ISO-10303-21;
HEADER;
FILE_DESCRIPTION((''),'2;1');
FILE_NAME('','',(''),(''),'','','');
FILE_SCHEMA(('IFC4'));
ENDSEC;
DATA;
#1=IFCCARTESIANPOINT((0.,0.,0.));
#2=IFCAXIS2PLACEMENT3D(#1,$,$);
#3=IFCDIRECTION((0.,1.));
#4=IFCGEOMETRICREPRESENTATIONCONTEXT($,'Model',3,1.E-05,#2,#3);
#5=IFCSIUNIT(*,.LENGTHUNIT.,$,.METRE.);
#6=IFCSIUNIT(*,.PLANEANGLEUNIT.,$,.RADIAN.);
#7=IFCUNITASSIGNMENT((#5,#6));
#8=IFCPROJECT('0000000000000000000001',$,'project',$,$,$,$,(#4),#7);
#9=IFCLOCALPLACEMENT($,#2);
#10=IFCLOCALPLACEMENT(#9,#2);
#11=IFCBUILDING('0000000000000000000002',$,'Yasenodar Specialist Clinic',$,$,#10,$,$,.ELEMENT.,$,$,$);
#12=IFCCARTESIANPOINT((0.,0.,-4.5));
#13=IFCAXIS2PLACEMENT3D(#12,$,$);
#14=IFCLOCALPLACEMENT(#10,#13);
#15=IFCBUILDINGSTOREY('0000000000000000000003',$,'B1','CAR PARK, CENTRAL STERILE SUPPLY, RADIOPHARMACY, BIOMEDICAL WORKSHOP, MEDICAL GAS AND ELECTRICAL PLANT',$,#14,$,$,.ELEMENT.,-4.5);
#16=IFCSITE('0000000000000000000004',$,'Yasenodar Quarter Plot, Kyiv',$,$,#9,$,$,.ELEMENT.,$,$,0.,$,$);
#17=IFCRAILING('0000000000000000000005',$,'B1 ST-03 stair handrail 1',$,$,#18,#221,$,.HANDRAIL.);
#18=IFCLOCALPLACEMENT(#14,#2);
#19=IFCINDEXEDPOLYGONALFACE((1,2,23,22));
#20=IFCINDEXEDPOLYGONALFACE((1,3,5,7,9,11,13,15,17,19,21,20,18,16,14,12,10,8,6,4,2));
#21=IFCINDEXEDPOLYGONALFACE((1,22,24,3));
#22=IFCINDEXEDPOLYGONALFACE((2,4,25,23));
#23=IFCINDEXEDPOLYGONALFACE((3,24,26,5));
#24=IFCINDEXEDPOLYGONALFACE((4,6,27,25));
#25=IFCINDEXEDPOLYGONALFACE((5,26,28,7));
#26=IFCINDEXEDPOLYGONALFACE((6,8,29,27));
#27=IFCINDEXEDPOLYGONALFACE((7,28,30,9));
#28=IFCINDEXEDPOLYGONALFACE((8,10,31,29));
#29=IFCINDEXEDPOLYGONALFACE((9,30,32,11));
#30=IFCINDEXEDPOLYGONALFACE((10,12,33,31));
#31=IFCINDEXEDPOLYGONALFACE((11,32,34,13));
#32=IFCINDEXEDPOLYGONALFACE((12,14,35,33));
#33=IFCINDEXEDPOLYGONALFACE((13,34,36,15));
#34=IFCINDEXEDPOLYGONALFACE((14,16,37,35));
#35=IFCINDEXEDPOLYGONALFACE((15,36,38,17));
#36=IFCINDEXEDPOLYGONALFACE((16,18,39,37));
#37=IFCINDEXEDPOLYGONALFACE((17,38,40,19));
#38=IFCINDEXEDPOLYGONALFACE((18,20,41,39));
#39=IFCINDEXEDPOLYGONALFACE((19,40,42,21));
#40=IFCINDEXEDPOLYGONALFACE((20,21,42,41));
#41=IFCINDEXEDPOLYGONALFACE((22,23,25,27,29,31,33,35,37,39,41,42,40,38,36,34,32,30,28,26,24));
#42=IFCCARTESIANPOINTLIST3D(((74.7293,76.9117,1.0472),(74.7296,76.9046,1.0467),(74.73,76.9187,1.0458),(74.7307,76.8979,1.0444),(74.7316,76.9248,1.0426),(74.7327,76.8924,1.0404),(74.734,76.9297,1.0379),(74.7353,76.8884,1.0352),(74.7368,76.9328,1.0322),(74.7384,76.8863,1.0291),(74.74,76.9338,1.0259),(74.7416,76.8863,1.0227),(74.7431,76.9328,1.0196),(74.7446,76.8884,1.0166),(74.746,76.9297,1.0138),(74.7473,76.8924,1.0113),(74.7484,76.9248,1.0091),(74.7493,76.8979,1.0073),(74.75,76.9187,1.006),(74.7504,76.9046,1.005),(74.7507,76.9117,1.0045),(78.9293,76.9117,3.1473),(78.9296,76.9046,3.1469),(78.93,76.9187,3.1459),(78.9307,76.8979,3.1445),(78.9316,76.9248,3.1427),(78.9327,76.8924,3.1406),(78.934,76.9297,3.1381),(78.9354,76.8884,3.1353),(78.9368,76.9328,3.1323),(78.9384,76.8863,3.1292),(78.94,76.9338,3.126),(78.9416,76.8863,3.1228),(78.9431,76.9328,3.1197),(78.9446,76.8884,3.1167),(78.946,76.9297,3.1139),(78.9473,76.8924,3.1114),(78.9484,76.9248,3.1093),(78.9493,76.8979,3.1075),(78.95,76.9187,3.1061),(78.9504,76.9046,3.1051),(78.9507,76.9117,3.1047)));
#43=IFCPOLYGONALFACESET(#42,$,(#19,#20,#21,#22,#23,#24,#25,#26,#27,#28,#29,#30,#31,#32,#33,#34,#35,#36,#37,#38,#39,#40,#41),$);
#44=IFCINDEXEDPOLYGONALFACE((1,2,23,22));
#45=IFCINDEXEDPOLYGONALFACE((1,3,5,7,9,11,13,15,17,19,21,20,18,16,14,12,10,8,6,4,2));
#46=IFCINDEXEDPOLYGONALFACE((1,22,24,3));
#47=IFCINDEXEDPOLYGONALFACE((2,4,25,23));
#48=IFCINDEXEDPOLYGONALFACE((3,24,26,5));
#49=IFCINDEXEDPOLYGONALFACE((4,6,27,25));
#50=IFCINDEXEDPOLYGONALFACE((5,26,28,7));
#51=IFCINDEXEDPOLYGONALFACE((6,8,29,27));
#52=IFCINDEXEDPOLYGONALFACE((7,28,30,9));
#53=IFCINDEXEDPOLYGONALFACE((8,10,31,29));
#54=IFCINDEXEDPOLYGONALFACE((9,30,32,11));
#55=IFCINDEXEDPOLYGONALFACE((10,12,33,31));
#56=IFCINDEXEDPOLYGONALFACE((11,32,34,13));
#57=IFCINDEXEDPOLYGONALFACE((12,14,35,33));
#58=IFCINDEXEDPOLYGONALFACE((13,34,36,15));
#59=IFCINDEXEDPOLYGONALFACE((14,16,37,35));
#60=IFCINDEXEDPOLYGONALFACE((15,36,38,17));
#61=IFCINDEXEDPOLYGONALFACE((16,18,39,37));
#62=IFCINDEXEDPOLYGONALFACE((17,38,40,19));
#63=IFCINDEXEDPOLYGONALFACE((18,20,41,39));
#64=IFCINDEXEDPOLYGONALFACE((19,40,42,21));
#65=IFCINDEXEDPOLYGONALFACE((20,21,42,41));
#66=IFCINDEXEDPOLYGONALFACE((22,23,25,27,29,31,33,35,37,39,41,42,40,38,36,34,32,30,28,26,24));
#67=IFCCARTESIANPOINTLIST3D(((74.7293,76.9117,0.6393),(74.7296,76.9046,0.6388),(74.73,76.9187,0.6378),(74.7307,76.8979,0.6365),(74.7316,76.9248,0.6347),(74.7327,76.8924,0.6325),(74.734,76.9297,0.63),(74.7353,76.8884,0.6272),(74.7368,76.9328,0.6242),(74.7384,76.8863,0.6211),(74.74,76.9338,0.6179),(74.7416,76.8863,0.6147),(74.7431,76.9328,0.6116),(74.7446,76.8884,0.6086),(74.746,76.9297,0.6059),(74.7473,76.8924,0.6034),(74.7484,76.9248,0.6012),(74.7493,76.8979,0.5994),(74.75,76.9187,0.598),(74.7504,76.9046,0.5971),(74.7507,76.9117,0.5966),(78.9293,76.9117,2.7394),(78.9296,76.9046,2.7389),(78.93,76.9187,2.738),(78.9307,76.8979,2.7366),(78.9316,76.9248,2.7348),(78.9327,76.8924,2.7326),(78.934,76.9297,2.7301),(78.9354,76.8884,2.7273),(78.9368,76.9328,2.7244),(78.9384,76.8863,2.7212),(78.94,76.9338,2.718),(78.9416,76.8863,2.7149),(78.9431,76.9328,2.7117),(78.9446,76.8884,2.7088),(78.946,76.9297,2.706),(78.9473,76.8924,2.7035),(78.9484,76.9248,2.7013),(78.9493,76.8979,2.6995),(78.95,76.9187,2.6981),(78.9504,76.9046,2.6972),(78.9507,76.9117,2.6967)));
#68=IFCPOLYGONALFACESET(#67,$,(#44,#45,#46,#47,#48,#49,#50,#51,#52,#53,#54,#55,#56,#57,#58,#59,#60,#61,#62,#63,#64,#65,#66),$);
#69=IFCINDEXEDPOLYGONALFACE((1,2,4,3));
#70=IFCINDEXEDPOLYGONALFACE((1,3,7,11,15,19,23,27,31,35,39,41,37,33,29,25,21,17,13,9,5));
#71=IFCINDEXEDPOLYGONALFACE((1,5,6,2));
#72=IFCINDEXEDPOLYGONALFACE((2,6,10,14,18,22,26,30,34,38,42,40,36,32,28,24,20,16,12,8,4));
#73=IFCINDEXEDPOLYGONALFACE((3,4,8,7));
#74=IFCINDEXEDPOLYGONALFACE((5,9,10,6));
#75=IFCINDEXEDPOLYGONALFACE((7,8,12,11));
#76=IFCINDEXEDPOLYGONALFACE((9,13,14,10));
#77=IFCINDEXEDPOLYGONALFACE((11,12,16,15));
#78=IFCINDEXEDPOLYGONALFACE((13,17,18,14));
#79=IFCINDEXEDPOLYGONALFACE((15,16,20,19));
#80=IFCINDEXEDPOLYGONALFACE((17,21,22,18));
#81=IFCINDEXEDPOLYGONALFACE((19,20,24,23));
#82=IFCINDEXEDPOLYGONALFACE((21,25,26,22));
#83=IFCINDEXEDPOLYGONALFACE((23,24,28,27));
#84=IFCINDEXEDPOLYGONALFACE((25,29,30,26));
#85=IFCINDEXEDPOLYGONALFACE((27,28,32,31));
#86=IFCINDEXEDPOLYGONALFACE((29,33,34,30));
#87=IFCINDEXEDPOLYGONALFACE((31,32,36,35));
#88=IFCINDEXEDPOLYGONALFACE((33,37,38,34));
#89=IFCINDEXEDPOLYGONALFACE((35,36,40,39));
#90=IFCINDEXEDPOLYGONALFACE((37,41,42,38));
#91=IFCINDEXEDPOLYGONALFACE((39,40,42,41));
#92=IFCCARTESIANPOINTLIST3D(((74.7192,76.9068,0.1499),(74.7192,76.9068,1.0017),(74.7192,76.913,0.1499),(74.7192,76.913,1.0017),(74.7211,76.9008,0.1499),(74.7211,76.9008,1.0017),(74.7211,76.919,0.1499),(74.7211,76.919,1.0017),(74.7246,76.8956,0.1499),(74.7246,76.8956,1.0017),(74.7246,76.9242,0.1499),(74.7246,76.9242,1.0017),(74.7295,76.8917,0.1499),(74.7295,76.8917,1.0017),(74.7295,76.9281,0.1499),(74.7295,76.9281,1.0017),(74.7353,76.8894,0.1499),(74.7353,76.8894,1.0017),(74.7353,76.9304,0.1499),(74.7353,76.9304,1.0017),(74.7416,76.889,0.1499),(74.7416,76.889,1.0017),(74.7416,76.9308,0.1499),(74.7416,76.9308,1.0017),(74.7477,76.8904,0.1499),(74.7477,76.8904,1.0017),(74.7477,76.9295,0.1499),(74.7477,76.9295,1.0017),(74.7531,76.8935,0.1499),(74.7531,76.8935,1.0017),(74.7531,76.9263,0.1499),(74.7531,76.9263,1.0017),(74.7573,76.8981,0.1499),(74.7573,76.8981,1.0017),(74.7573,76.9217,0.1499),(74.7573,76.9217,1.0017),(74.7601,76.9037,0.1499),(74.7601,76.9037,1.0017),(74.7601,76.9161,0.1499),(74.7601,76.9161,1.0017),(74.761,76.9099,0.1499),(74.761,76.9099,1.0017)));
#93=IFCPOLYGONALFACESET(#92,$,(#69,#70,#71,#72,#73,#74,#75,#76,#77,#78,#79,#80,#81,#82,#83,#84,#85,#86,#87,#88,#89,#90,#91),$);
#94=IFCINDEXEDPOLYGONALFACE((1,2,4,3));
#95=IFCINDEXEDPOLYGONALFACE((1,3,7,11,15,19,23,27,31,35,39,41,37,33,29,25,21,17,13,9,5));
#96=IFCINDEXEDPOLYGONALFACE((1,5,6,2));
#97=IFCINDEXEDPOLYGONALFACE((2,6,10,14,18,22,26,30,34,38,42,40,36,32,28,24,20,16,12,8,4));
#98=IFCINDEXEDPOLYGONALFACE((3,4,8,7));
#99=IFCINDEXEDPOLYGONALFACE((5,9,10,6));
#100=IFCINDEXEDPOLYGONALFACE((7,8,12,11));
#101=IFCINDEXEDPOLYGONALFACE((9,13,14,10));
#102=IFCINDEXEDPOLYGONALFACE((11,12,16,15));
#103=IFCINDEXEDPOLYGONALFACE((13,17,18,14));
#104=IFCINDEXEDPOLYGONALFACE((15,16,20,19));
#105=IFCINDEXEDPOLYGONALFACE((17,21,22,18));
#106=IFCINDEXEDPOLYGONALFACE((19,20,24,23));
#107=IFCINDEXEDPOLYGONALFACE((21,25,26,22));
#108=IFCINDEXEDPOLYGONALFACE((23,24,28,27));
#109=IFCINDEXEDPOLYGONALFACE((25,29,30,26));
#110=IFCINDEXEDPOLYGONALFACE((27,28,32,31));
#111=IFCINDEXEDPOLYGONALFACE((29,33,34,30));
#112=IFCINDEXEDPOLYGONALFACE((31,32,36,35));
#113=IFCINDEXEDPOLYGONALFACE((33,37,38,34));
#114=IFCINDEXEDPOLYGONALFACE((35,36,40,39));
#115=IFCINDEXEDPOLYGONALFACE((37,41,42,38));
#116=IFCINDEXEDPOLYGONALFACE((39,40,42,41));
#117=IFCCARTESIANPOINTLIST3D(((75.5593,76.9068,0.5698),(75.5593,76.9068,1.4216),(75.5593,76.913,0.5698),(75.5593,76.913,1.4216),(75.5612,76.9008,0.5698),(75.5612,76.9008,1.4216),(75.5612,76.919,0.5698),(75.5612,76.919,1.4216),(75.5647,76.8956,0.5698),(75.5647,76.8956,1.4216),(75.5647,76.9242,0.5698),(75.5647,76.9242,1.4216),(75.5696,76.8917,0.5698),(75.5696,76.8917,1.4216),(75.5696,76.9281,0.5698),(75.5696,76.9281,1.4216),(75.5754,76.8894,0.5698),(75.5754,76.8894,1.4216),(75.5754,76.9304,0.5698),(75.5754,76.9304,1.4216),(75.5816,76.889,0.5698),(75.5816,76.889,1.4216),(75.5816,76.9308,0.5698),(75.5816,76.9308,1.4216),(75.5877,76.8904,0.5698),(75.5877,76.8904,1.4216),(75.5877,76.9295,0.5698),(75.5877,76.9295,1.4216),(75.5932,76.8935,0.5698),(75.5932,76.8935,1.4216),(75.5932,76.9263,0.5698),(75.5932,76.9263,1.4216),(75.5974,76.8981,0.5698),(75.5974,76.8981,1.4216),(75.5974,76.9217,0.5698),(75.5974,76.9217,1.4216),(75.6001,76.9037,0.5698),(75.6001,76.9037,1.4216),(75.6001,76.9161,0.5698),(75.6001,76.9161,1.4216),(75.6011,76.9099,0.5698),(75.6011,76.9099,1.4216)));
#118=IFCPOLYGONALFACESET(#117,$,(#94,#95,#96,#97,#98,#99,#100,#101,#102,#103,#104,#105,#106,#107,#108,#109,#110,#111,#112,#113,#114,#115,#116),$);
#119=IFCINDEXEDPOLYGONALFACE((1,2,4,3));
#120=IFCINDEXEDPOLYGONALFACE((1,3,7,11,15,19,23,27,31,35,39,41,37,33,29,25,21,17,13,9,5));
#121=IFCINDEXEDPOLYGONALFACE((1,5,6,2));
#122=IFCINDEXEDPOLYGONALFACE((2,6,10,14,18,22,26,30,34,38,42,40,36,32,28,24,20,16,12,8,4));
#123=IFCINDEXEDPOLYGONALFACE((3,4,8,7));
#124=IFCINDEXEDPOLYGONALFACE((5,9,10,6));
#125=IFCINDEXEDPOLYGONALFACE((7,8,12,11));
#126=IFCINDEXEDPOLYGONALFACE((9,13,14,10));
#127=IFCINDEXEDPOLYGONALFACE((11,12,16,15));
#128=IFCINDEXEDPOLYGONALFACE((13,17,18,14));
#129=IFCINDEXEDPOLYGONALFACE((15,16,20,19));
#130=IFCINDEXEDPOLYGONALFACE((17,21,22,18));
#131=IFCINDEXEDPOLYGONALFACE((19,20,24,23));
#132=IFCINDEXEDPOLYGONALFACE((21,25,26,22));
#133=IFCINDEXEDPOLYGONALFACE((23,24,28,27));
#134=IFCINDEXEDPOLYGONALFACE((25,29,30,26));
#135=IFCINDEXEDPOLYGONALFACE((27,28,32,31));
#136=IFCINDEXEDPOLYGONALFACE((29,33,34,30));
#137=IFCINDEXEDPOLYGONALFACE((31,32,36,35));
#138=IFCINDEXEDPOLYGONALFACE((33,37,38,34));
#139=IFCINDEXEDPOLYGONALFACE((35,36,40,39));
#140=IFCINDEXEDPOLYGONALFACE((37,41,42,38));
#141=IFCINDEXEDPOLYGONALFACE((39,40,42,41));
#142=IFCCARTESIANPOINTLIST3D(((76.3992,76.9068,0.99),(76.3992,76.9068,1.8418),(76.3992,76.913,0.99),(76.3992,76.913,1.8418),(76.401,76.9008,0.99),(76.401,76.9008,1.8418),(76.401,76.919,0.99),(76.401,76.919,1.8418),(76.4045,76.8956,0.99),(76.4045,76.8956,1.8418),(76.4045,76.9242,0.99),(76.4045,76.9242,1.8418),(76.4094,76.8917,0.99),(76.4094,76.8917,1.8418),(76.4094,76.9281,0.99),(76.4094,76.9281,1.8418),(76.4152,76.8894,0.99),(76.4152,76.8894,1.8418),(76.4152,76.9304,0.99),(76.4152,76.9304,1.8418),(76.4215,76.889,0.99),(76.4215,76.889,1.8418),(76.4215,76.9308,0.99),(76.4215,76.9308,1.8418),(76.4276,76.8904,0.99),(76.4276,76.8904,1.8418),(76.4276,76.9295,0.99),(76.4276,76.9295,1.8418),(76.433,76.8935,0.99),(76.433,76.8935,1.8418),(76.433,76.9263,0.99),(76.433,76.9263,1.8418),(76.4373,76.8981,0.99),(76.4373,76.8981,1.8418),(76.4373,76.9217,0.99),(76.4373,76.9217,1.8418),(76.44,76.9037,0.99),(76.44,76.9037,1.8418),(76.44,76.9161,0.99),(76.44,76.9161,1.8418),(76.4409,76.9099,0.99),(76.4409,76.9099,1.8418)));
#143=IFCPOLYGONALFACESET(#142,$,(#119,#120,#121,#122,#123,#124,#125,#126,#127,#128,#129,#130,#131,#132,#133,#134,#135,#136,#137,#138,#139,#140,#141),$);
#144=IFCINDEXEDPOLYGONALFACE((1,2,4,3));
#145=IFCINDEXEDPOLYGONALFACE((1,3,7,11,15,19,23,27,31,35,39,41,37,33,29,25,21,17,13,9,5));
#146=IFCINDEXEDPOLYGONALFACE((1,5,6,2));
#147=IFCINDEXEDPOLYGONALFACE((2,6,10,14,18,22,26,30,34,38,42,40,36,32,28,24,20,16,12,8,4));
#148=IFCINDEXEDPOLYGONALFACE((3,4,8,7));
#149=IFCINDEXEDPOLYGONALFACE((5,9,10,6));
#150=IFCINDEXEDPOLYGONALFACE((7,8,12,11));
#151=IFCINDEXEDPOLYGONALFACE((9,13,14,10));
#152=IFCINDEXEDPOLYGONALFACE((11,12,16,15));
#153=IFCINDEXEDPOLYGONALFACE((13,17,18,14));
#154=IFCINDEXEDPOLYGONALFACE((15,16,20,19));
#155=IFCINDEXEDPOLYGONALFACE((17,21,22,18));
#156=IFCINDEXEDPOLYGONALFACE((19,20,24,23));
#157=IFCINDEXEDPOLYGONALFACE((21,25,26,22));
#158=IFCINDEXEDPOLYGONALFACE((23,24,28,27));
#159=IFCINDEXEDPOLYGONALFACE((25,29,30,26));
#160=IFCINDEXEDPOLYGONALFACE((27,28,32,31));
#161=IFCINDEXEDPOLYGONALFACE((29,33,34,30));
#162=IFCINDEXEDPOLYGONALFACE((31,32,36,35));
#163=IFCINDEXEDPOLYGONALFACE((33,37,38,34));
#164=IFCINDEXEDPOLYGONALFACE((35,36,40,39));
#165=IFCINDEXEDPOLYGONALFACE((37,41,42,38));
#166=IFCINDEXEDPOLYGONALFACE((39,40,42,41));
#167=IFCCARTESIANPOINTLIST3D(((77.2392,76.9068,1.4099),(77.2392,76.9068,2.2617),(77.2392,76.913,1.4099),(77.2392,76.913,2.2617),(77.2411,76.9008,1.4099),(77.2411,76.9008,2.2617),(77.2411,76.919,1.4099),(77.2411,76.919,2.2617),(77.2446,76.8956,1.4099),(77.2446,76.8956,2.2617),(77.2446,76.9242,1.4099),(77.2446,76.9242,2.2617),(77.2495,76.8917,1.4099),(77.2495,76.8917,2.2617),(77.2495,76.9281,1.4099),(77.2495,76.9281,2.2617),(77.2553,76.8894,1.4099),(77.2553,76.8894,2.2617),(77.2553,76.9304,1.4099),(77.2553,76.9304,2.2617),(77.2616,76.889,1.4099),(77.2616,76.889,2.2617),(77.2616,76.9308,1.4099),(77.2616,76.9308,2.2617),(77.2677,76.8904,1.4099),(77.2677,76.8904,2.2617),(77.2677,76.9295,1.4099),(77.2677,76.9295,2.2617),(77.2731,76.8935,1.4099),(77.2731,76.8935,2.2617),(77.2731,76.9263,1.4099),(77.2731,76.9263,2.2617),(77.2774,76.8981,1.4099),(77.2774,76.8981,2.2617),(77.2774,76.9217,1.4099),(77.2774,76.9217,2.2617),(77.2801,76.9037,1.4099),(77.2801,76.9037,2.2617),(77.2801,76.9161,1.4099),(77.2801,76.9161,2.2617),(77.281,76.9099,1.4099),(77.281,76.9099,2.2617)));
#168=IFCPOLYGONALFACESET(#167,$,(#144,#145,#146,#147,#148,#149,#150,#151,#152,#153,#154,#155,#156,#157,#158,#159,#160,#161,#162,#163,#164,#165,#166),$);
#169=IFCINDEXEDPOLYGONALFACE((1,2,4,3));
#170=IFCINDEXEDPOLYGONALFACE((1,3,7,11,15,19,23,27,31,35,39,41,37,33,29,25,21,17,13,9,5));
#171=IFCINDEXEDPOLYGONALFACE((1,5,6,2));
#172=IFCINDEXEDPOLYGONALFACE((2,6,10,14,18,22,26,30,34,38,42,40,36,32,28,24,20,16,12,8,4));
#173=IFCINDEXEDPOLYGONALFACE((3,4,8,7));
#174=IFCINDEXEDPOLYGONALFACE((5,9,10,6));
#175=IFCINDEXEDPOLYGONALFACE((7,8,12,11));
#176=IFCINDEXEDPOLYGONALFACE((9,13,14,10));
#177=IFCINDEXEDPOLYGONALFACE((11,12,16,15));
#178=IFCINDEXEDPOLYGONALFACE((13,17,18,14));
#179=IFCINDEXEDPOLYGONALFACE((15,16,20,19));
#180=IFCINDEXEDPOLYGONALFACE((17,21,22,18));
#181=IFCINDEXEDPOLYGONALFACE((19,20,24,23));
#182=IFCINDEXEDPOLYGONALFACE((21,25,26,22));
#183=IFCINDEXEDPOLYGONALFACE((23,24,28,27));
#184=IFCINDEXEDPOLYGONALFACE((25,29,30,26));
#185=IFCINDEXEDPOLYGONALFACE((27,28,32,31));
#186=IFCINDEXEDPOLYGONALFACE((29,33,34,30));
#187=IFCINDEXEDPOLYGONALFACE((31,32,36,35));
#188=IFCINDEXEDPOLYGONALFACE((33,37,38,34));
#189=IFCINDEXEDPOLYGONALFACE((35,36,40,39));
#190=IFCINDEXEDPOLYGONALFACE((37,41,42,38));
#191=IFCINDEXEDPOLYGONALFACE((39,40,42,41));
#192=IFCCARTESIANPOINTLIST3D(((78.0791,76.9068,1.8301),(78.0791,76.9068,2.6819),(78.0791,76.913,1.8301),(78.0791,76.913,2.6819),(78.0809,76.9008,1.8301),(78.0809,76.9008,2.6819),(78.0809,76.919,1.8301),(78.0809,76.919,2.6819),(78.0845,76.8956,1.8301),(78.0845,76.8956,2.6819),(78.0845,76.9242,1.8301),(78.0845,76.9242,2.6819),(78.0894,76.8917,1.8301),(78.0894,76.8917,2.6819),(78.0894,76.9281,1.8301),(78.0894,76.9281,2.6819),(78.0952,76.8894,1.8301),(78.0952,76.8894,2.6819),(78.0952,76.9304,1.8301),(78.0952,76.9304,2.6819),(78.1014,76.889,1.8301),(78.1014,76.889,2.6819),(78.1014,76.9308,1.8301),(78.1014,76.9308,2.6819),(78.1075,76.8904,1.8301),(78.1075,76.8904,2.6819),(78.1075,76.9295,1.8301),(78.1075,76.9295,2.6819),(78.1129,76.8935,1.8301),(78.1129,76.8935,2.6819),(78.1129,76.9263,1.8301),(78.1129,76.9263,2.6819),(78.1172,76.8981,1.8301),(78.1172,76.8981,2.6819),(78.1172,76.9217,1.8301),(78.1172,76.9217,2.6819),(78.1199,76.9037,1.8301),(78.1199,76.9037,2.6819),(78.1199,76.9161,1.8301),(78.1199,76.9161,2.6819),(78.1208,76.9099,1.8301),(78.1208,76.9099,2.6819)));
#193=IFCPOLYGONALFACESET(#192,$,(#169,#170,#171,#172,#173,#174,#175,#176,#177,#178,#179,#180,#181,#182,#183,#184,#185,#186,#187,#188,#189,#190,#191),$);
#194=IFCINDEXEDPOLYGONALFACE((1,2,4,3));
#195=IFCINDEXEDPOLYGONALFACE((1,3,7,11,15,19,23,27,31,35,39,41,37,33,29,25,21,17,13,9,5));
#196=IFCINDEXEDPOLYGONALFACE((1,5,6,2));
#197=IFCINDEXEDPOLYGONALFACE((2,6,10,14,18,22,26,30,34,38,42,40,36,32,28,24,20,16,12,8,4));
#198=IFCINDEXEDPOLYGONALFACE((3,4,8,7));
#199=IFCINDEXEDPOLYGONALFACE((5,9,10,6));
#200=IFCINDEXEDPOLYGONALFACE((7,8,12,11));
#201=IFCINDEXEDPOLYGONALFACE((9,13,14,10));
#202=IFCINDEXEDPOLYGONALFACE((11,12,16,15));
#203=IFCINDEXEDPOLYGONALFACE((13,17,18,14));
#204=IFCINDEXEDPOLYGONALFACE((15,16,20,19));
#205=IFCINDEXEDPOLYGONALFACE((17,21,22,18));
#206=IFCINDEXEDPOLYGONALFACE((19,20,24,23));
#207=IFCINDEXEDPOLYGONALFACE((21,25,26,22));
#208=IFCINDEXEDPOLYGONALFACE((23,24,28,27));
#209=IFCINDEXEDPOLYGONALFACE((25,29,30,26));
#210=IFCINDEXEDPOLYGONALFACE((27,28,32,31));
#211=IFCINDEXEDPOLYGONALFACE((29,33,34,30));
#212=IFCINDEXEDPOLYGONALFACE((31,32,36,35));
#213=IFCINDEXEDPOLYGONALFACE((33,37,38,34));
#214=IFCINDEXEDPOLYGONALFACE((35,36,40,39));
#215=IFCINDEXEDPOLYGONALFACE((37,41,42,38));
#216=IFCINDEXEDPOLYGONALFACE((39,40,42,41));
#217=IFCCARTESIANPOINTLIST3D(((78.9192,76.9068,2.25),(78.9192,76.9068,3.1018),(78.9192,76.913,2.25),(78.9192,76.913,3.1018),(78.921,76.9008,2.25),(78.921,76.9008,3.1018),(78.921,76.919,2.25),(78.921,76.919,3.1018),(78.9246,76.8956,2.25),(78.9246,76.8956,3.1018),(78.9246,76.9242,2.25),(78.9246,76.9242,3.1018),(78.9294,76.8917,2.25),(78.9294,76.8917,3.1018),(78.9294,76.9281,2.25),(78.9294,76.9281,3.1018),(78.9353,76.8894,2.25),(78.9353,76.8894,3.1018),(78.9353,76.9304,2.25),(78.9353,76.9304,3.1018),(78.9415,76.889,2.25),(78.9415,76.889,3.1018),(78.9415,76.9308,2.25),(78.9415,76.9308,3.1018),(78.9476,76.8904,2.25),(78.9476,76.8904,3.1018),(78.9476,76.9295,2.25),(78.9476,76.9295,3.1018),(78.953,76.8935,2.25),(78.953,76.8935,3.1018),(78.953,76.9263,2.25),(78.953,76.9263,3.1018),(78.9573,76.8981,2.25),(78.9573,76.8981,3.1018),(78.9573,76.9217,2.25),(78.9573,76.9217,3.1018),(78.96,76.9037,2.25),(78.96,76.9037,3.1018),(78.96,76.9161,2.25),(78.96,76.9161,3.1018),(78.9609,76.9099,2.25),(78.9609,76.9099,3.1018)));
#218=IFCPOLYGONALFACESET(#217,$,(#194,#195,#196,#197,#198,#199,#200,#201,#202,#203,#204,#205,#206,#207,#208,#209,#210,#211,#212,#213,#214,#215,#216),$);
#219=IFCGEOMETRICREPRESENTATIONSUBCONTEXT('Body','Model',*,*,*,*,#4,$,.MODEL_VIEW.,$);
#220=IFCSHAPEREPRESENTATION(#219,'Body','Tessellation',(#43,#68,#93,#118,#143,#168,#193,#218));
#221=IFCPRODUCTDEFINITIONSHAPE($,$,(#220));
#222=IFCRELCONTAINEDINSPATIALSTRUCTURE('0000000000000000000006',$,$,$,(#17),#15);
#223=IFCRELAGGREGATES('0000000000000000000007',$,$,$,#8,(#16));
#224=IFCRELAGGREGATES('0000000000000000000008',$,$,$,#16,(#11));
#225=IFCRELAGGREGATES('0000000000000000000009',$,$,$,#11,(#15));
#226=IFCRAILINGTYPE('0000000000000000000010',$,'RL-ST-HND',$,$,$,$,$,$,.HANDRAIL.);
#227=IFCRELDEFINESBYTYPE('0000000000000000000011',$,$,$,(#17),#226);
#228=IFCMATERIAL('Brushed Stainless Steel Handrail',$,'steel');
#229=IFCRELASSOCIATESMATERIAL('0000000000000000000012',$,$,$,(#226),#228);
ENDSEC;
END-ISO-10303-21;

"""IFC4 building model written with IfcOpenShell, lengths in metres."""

from ifc_helpers import new_model, si_unit, direction, frame, origin, origin_2d, place, context, subcontext, project, spatial, circle, extrude, material, type_object, element, save


model = new_model("IFC4")

# Units and contexts
model_context = context("Model", 3, precision=1e-05, world=origin(), true_north=direction((0.0, 1.0)))
body_context = subcontext(model_context, "Body", "Model", "MODEL_VIEW")
ifc_project = project(units=[si_unit("LENGTHUNIT", "METRE"), si_unit("PLANEANGLEUNIT", "RADIAN")], contexts=[model_context])

# Site, building, storey
site_placement = place(None, origin())
site = spatial("IfcSite", under=ifc_project, at=site_placement, Name="Yasenodar Quarter Plot, Kyiv", CompositionType="ELEMENT", RefElevation=0.0)
building_placement = place(site_placement, origin())
building = spatial("IfcBuilding", under=site, at=building_placement, Name="Yasenodar Specialist Clinic", CompositionType="ELEMENT")
storey_placement = place(building_placement, frame((0.0, 0.0, -4.5)))
storey = spatial("IfcBuildingStorey", under=building, at=storey_placement, Name="B1", Description="CAR PARK, CENTRAL STERILE SUPPLY, RADIOPHARMACY, BIOMEDICAL WORKSHOP, MEDICAL GAS AND ELECTRICAL PLANT", CompositionType="ELEMENT", Elevation=-4.5)

# Railing
ifc_material_1 = material(Name="Brushed Stainless Steel Handrail", Category="steel")
railing_type_1 = type_object("IfcRailingType", Name="RL-ST-HND", PredefinedType="HANDRAIL", material=ifc_material_1)
railing_1_placement = place(storey_placement, frame((74.74, 76.9099, 0.1499)))
element("IfcRailing", 1, at=railing_1_placement, inside=storey, type_object=railing_type_1, Name="B1 ST-03 stair handrail 1", PredefinedType="HANDRAIL", context=body_context, shape_type="SweptSolid", body=[
    extrude(circle(Radius=0.0239, at=origin_2d()), frame((0.0, 0.0, 0.876), z_axis=(0.894417, 0.0, 0.447234), x_axis=(0.0, 1.0, 0.0)), (0.0, 0.0, 1.0), 4.6958),
    extrude(circle(Radius=0.0239, at=origin_2d()), frame((0.0, 0.0, 0.468), z_axis=(0.894417, 0.0, 0.447234), x_axis=(0.0, 1.0, 0.0)), (0.0, 0.0, 1.0), 4.6958),
    extrude(circle(Radius=0.021, at=origin_2d()), origin(), (0.0, 0.0, 1.0), 0.8518),
    extrude(circle(Radius=0.021, at=origin_2d()), frame((0.8401, 0.0, 0.4199)), (0.0, 0.0, 1.0), 0.8518),
    extrude(circle(Radius=0.021, at=origin_2d()), frame((1.6799, 0.0, 0.8401)), (0.0, 0.0, 1.0), 0.8518),
    extrude(circle(Radius=0.021, at=origin_2d()), frame((2.52, 0.0, 1.26)), (0.0, 0.0, 1.0), 0.8518),
    extrude(circle(Radius=0.021, at=origin_2d()), frame((3.3599, 0.0, 1.6802)), (0.0, 0.0, 1.0), 0.8518),
    extrude(circle(Radius=0.021, at=origin_2d()), frame((4.2, 0.0, 2.1001)), (0.0, 0.0, 1.0), 0.8518),
])

save(model, "model.ifc")
